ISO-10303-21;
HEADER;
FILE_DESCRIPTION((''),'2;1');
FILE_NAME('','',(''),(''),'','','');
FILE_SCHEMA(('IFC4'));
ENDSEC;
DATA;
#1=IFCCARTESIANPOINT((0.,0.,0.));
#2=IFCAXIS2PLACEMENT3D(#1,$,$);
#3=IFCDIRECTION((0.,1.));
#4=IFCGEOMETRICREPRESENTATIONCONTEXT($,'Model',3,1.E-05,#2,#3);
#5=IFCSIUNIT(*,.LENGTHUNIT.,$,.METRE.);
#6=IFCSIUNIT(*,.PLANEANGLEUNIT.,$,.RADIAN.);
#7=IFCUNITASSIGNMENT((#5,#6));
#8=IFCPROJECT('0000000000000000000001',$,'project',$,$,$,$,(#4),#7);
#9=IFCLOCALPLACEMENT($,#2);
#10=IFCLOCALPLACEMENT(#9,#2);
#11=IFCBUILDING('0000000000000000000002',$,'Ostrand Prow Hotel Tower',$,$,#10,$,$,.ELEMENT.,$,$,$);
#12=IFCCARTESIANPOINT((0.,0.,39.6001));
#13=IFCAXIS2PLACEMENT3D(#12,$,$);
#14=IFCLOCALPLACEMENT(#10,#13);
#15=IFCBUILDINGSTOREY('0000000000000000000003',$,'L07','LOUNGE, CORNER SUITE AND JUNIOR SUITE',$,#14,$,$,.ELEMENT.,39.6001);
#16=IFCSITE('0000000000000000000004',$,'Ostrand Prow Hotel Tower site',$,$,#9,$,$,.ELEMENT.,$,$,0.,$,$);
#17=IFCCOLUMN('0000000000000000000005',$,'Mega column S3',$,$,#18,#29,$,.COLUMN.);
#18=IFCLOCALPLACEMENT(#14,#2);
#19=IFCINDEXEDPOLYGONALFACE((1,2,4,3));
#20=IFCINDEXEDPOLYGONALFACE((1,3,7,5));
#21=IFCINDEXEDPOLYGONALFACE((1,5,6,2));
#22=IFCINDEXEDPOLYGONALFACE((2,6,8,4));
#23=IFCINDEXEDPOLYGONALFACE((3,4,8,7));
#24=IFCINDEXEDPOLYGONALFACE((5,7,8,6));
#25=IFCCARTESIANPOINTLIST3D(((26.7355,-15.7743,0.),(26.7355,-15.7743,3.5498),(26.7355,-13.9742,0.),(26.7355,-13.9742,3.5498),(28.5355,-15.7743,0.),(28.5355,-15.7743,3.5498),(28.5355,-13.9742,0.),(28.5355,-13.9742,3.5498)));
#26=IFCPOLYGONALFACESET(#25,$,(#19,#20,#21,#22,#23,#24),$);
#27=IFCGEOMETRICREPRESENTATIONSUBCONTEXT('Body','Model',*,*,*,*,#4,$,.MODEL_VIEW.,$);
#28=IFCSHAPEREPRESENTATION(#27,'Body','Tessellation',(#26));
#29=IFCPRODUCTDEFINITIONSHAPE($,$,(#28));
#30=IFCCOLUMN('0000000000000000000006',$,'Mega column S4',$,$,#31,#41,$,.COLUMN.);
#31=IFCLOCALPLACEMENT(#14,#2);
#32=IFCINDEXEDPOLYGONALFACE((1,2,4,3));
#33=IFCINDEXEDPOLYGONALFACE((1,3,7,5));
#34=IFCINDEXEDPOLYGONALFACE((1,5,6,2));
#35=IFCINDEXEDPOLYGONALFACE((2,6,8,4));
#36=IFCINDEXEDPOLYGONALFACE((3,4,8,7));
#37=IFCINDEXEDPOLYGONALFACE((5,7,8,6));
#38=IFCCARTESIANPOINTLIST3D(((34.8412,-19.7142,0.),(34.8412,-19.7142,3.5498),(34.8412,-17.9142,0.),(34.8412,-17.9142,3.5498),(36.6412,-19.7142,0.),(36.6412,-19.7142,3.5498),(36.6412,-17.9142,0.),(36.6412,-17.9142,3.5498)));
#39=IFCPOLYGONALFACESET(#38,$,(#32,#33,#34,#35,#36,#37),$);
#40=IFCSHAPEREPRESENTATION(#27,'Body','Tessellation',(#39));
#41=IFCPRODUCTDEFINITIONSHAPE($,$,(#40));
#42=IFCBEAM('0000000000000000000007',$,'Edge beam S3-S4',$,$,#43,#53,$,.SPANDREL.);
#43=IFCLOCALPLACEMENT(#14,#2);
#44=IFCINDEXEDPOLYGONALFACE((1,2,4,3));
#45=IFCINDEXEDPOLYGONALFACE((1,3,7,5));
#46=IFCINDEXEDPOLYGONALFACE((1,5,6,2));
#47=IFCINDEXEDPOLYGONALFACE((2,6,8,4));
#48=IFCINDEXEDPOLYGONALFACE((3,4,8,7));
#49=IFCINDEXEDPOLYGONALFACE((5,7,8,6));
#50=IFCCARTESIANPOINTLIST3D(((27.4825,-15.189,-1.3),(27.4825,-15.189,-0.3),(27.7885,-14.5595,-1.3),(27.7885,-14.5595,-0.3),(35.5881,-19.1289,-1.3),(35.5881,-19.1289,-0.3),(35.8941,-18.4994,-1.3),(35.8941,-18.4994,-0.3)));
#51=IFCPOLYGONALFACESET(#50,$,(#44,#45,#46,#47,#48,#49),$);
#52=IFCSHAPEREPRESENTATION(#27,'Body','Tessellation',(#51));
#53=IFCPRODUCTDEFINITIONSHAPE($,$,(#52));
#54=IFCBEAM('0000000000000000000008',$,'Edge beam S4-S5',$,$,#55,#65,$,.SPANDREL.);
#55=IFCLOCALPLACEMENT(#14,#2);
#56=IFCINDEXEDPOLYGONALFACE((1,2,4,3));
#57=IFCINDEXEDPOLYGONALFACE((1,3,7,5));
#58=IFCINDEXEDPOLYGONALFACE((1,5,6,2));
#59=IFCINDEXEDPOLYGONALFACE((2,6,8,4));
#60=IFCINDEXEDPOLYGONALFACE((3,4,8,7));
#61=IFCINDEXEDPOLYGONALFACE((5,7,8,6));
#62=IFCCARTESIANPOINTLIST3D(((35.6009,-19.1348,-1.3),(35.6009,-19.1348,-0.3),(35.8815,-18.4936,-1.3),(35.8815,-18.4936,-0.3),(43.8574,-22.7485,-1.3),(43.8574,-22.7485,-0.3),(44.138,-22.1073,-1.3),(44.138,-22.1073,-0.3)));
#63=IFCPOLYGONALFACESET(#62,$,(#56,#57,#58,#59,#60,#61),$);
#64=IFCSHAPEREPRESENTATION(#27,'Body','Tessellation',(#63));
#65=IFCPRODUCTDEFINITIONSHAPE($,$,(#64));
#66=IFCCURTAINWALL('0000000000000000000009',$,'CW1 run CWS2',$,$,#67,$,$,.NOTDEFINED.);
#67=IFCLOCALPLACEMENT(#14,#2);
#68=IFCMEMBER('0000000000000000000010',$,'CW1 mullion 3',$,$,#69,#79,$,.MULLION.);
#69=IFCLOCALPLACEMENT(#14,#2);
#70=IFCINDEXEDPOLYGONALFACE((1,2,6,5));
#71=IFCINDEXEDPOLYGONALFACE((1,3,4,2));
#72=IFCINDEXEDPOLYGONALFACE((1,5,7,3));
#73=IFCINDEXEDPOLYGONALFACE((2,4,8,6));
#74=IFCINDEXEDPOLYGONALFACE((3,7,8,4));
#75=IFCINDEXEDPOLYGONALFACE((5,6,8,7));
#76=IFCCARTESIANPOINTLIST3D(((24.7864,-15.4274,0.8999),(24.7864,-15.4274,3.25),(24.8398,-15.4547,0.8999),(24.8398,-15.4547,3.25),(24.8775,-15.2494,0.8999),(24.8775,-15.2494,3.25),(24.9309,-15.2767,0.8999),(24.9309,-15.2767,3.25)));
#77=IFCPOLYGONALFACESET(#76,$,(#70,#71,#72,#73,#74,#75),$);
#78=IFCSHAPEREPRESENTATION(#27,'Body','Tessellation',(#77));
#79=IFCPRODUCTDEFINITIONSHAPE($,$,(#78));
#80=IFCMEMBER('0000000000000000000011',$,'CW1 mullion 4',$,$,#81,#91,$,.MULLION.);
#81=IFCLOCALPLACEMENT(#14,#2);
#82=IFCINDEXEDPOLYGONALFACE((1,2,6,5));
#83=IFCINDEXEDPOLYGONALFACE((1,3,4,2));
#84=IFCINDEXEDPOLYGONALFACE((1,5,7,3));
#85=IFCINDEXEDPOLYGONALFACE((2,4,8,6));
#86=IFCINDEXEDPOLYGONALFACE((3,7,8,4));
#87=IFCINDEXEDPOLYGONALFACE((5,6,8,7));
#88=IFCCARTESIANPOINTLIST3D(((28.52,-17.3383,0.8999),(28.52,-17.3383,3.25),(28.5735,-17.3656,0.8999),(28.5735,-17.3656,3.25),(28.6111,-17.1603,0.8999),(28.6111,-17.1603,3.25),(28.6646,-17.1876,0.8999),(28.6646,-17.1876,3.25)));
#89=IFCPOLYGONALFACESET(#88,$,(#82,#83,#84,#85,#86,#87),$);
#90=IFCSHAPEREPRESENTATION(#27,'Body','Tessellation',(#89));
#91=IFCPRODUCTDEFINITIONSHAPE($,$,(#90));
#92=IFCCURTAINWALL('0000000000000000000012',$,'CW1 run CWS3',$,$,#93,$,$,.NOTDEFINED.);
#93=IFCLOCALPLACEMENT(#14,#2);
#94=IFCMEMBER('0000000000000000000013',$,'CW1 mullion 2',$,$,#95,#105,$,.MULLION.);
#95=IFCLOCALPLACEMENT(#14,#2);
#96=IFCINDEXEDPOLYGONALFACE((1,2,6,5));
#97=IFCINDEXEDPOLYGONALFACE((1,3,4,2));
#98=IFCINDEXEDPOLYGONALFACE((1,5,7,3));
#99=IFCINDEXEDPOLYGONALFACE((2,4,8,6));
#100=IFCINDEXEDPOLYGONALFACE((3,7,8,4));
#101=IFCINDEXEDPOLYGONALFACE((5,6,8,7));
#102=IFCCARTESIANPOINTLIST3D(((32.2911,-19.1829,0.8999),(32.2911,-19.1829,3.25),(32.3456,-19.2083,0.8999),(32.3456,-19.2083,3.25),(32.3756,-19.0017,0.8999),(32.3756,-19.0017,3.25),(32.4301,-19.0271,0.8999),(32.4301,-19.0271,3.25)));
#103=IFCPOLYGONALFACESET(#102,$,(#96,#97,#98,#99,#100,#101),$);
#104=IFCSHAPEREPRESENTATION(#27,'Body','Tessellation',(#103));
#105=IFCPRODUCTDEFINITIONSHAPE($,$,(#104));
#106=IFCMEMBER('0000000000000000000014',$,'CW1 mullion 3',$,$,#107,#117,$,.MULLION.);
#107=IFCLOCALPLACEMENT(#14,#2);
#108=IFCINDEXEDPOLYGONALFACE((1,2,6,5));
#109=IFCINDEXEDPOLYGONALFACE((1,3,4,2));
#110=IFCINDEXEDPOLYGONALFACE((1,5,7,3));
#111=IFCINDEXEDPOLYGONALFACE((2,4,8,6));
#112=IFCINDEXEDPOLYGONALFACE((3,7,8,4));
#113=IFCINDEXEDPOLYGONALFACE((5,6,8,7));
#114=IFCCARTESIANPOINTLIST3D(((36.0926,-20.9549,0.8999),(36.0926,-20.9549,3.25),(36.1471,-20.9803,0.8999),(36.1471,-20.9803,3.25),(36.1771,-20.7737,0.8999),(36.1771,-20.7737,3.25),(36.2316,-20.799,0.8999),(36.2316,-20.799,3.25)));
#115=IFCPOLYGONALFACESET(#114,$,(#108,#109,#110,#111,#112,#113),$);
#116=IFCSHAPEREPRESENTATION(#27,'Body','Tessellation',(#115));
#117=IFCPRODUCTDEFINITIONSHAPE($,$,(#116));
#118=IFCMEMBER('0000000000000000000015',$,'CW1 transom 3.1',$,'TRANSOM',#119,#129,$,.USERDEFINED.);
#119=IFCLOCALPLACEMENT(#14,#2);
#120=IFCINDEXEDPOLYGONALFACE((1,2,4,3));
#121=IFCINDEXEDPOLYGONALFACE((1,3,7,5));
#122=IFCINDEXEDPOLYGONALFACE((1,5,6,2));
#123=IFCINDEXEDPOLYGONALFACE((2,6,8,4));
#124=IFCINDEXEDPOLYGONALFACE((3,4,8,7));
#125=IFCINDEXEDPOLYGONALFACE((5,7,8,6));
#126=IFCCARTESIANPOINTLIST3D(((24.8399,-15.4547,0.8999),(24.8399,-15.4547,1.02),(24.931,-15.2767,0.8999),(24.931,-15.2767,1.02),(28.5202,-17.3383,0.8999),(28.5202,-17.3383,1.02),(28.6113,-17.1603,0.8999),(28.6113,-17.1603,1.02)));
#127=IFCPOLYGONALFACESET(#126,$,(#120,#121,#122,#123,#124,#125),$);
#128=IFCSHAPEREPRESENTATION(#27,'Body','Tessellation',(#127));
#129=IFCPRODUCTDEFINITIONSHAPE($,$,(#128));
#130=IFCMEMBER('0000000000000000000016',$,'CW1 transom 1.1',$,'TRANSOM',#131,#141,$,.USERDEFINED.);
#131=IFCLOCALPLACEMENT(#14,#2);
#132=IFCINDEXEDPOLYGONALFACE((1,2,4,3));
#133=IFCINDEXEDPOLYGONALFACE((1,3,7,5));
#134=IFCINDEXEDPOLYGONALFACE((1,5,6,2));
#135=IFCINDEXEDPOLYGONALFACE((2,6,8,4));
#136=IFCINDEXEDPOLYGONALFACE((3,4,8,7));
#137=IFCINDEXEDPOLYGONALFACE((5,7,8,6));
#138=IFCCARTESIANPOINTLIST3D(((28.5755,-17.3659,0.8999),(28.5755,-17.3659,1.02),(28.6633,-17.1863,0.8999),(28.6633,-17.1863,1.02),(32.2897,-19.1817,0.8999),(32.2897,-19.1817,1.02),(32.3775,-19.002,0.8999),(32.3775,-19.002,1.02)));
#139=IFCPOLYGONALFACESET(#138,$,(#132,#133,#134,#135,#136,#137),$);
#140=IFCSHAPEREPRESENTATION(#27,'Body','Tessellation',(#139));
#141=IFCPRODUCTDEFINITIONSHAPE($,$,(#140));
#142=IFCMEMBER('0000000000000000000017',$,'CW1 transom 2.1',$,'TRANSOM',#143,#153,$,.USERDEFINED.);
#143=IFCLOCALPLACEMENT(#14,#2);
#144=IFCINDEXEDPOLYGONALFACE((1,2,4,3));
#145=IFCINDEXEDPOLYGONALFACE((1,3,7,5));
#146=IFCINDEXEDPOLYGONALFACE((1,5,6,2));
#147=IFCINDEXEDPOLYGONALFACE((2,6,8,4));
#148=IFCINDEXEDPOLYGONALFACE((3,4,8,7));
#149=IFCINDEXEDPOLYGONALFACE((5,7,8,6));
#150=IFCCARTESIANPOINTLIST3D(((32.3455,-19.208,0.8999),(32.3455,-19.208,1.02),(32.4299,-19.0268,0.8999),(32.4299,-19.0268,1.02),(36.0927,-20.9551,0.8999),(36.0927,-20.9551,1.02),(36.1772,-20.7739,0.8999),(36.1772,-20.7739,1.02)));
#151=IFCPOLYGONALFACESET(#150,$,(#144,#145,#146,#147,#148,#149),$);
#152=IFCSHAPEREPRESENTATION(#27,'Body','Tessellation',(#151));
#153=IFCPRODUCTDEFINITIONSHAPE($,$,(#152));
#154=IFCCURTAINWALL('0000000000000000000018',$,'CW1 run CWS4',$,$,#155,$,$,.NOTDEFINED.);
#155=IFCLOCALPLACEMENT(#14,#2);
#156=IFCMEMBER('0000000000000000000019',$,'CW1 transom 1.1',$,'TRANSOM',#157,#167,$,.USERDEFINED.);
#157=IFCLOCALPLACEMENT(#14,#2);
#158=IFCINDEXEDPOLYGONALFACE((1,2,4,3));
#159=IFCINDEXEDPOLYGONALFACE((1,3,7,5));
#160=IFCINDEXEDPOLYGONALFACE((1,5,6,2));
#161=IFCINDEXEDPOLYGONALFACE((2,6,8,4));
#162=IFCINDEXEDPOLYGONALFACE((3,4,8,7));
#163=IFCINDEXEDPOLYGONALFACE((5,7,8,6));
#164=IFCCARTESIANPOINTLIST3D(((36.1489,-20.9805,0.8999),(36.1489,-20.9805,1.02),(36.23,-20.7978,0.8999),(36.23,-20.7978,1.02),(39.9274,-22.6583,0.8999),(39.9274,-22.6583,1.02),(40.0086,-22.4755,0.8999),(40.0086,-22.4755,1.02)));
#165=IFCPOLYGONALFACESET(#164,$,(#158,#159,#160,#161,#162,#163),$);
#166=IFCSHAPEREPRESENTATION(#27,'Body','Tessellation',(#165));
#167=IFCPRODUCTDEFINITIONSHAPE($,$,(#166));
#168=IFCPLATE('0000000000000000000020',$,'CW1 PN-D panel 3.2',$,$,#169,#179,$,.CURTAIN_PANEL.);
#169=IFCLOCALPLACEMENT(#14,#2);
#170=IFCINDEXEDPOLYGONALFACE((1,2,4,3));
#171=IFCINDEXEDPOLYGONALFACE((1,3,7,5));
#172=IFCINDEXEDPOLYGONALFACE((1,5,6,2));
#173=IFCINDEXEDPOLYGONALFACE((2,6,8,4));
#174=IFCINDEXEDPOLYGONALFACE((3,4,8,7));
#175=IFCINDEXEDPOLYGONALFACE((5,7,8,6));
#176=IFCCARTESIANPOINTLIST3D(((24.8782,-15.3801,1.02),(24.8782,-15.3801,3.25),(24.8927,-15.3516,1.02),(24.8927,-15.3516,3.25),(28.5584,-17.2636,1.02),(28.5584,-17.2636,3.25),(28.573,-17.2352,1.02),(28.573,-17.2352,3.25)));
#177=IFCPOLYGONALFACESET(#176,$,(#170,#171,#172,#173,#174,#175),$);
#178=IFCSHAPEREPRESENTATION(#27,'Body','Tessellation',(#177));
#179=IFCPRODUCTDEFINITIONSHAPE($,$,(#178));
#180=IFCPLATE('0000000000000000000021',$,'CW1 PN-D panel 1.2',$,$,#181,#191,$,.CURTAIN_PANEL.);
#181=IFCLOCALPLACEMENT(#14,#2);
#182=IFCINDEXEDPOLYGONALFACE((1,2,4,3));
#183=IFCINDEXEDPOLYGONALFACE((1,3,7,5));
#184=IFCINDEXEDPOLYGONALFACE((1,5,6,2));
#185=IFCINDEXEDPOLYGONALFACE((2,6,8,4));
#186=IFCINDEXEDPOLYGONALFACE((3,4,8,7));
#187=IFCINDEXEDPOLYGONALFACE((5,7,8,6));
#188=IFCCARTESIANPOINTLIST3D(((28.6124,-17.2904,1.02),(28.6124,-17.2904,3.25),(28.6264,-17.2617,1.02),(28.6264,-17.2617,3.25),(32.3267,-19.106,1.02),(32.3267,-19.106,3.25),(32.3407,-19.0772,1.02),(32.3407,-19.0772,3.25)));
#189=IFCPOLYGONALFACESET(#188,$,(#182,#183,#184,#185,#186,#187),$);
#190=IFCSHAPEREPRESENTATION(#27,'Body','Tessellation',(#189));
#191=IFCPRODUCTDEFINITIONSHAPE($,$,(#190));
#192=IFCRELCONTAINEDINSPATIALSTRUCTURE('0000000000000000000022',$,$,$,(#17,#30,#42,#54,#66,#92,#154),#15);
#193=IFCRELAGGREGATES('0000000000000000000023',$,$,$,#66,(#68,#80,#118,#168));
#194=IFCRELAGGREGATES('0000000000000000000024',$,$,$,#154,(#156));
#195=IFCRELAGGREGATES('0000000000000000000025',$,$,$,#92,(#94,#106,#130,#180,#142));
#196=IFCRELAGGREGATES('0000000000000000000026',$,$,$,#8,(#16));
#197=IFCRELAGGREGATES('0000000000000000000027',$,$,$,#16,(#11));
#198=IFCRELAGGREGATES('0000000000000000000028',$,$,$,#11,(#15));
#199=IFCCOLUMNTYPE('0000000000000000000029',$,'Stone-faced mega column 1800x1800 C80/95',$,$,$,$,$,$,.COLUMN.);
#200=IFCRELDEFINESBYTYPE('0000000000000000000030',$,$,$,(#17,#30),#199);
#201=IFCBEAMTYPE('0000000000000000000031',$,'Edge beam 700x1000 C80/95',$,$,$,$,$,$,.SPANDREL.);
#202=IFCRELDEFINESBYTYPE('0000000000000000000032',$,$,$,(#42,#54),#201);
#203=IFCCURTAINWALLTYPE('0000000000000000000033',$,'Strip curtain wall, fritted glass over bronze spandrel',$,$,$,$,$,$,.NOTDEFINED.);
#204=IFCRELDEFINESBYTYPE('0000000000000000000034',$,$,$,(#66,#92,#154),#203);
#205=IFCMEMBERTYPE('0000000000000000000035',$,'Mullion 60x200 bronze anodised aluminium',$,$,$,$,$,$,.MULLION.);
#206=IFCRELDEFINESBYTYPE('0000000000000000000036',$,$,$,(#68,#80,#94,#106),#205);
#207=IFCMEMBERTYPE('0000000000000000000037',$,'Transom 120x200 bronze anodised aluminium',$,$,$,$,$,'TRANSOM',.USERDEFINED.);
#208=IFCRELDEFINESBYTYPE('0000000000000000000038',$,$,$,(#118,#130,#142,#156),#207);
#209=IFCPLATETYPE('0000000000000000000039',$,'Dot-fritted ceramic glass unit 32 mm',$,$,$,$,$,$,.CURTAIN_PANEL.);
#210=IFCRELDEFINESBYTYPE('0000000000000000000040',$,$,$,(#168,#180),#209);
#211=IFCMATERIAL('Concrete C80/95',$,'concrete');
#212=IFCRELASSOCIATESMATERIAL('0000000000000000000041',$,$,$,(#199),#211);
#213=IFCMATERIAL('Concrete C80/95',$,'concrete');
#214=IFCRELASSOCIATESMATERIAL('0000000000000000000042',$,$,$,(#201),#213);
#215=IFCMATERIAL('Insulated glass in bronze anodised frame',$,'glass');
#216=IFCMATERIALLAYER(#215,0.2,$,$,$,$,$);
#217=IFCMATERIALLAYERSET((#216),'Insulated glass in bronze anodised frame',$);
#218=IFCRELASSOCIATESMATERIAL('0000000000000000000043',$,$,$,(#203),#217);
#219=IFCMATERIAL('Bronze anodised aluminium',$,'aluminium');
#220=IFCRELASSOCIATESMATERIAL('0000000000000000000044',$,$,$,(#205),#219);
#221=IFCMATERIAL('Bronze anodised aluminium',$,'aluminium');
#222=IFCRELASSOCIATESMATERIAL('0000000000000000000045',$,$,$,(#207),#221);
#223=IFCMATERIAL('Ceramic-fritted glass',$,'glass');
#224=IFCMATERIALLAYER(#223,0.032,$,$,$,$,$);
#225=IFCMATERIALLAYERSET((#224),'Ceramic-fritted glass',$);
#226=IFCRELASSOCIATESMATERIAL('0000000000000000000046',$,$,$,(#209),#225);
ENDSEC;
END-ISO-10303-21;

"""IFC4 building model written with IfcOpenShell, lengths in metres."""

from ifc_helpers import new_model, si_unit, direction, frame, origin, origin_2d, place, context, subcontext, project, spatial, rectangle, extrude, material, layer, layer_set, material_profile, profile_set, type_object, element, aggregate, save


model = new_model("IFC4")

# Units and contexts
model_context = context("Model", 3, precision=1e-05, world=origin(), true_north=direction((0.0, 1.0)))
body_context = subcontext(model_context, "Body", "Model", "MODEL_VIEW")
ifc_project = project(units=[si_unit("LENGTHUNIT", "METRE"), si_unit("PLANEANGLEUNIT", "RADIAN")], contexts=[model_context])

# Site, building, storey
site_placement = place(None, origin())
site = spatial("IfcSite", under=ifc_project, at=site_placement, Name="Ostrand Prow Hotel Tower site", CompositionType="ELEMENT", RefElevation=0.0)
building_placement = place(site_placement, origin())
building = spatial("IfcBuilding", under=site, at=building_placement, Name="Ostrand Prow Hotel Tower", CompositionType="ELEMENT")
storey_placement = place(building_placement, frame((0.0, 0.0, 39.6001)))
storey = spatial("IfcBuildingStorey", under=building, at=storey_placement, Name="L07", Description="LOUNGE, CORNER SUITE AND JUNIOR SUITE", CompositionType="ELEMENT", Elevation=39.6001)

# Columns
ifc_material_1 = material(Name="Concrete C80/95", Category="concrete")
ifc_material_profile_1 = material_profile(ifc_material_1, rectangle(XDim=1.8, YDim=1.8, at=origin_2d()), Name="RC 1800x1800")
ifc_profile_set_1 = profile_set([ifc_material_profile_1], Name="Concrete C80/95")
column_type = type_object("IfcColumnType", Name="Stone-faced mega column 1800x1800 C80/95", PredefinedType="COLUMN", material=ifc_profile_set_1)
for number, where, z_axis, x_axis, name in (
    (1, (27.6355, -14.8743, 0.0), (0.0, 0.0, 1.0), (1.0, 0.0, 0.0), "Mega column S3"),
    (2, (35.7412, -18.8142, 0.0), (0.0, 0.0, 1.0), (1.0, 0.0, 0.0), "Mega column S4"),
):
    element("IfcColumn", number, at=place(storey_placement, frame(where, z_axis=z_axis, x_axis=x_axis)), inside=storey, type_object=column_type, Name=name, PredefinedType="COLUMN", context=body_context, shape_type="SweptSolid", body=[
        extrude(rectangle(XDim=1.8, YDim=1.8, at=origin_2d()), origin(), (0.0, 0.0, 1.0), 3.5498),
    ])

# Beams
ifc_material_2 = material(Name="Concrete C80/95", Category="concrete")
ifc_material_profile_2 = material_profile(ifc_material_2, rectangle(XDim=0.7, YDim=1.0, at=origin_2d()), Name="RC 700x1000")
ifc_profile_set_2 = profile_set([ifc_material_profile_2], Name="Concrete C80/95")
beam_type = type_object("IfcBeamType", Name="Edge beam 700x1000 C80/95", PredefinedType="SPANDREL", material=ifc_profile_set_2)
beam_1_placement = place(storey_placement, frame((27.6355, -14.8743, -0.8), z_axis=(0.899382, -0.437163, 0.0), x_axis=(0.437163, 0.899382, 0.0)))
element("IfcBeam", 3, at=beam_1_placement, inside=storey, type_object=beam_type, Name="Edge beam S3-S4", PredefinedType="SPANDREL", context=body_context, shape_type="SweptSolid", body=[
    extrude(rectangle(XDim=0.7, YDim=1.0, at=origin_2d()), origin(), (0.0, 0.0, 1.0), 9.0125),
])
beam_2_placement = place(storey_placement, frame((35.7412, -18.8142, -0.8), z_axis=(0.916096, -0.40096, 0.0), x_axis=(0.40096, 0.916096, 0.0)))
element("IfcBeam", 4, at=beam_2_placement, inside=storey, type_object=beam_type, Name="Edge beam S4-S5", PredefinedType="SPANDREL", context=body_context, shape_type="SweptSolid", body=[
    extrude(rectangle(XDim=0.7, YDim=1.0, at=origin_2d()), origin(), (0.0, 0.0, 1.0), 9.0127),
])

# Curtain walls, members
ifc_material_3 = material(Name="Insulated glass in bronze anodised frame", Category="glass")
ifc_layer_1 = layer(ifc_material_3, 0.2)
ifc_layer_set_1 = layer_set([ifc_layer_1], Name="Insulated glass in bronze anodised frame")
curtain_wall_type = type_object("IfcCurtainWallType", Name="Strip curtain wall, fritted glass over bronze spandrel", PredefinedType="NOTDEFINED", material=ifc_layer_set_1)
curtain_wall_1_placement = place(storey_placement, origin())
curtain_wall_1 = element("IfcCurtainWall", 5, at=curtain_wall_1_placement, inside=storey, type_object=curtain_wall_type, Name="CW1 run CWS2", PredefinedType="NOTDEFINED")
ifc_material_4 = material(Name="Bronze anodised aluminium", Category="aluminium")
ifc_material_profile_3 = material_profile(ifc_material_4, rectangle(XDim=0.2, YDim=0.0601, at=origin_2d()), Name="Mullion 60x200 bronze anodised aluminium")
ifc_profile_set_3 = profile_set([ifc_material_profile_3], Name="Bronze anodised aluminium")
member_type_1 = type_object("IfcMemberType", Name="Mullion 60x200 bronze anodised aluminium", PredefinedType="MULLION", material=ifc_profile_set_3)
member_1_placement = place(storey_placement, frame((24.8586, -15.3521, 0.8999), z_axis=(0.0, 0.0, 1.0), x_axis=(0.455596, 0.890187, 0.0)))
member_1 = element("IfcMember", 6, at=member_1_placement, type_object=member_type_1, Name="CW1 mullion 3", PredefinedType="MULLION", context=body_context, shape_type="SweptSolid", body=[
    extrude(rectangle(XDim=0.2, YDim=0.0601, at=origin_2d()), origin(), (0.0, 0.0, 1.0), 2.3501),
])
member_2_placement = place(storey_placement, frame((28.5923, -17.2629, 0.8999), z_axis=(0.0, 0.0, 1.0), x_axis=(0.455596, 0.890187, 0.0)))
member_2 = element("IfcMember", 7, at=member_2_placement, type_object=member_type_1, Name="CW1 mullion 4", PredefinedType="MULLION", context=body_context, shape_type="SweptSolid", body=[
    extrude(rectangle(XDim=0.2, YDim=0.0601, at=origin_2d()), origin(), (0.0, 0.0, 1.0), 2.3501),
])
curtain_wall_2_placement = place(storey_placement, origin())
curtain_wall_2 = element("IfcCurtainWall", 8, at=curtain_wall_2_placement, inside=storey, type_object=curtain_wall_type, Name="CW1 run CWS3", PredefinedType="NOTDEFINED")
member_3_placement = place(storey_placement, frame((32.3606, -19.105, 0.8999), z_axis=(0.0, 0.0, 1.0), x_axis=(0.42253, 0.906349, 0.0)))
member_3 = element("IfcMember", 9, at=member_3_placement, type_object=member_type_1, Name="CW1 mullion 2", PredefinedType="MULLION", context=body_context, shape_type="SweptSolid", body=[
    extrude(rectangle(XDim=0.2, YDim=0.0601, at=origin_2d()), origin(), (0.0, 0.0, 1.0), 2.3501),
])
member_4_placement = place(storey_placement, frame((36.1621, -20.877, 0.8999), z_axis=(0.0, 0.0, 1.0), x_axis=(0.42253, 0.906349, 0.0)))
member_4 = element("IfcMember", 10, at=member_4_placement, type_object=member_type_1, Name="CW1 mullion 3", PredefinedType="MULLION", context=body_context, shape_type="SweptSolid", body=[
    extrude(rectangle(XDim=0.2, YDim=0.0601, at=origin_2d()), origin(), (0.0, 0.0, 1.0), 2.3501),
])

# Members
ifc_material_5 = material(Name="Bronze anodised aluminium", Category="aluminium")
ifc_material_profile_4 = material_profile(ifc_material_5, rectangle(XDim=0.2, YDim=0.1201, at=origin_2d()), Name="Transom 120x200 bronze anodised aluminium")
ifc_profile_set_4 = profile_set([ifc_material_profile_4], Name="Bronze anodised aluminium")
member_type_2 = type_object("IfcMemberType", Name="Transom 120x200 bronze anodised aluminium", ElementType="TRANSOM", PredefinedType="USERDEFINED", material=ifc_profile_set_4)
member_5_placement = place(storey_placement, frame((24.8855, -15.3657, 0.96), z_axis=(0.890183, -0.455603, 0.0), x_axis=(0.455603, 0.890183, 0.0)))
member_5 = element("IfcMember", 11, at=member_5_placement, type_object=member_type_2, Name="CW1 transom 3.1", ObjectType="TRANSOM", PredefinedType="USERDEFINED", context=body_context, shape_type="SweptSolid", body=[
    extrude(rectangle(XDim=0.2, YDim=0.1201, at=origin_2d()), origin(), (0.0, 0.0, 1.0), 4.1343),
])
member_6_placement = place(storey_placement, frame((28.6194, -17.2761, 0.96), z_axis=(0.898395, -0.439188, 0.0), x_axis=(0.439188, 0.898395, 0.0)))
member_6 = element("IfcMember", 12, at=member_6_placement, type_object=member_type_2, Name="CW1 transom 1.1", ObjectType="TRANSOM", PredefinedType="USERDEFINED", context=body_context, shape_type="SweptSolid", body=[
    extrude(rectangle(XDim=0.2, YDim=0.1201, at=origin_2d()), origin(), (0.0, 0.0, 1.0), 4.1343),
])
member_7_placement = place(storey_placement, frame((32.3877, -19.1174, 0.96), z_axis=(0.906338, -0.422552, 0.0), x_axis=(0.422552, 0.906338, 0.0)))
member_7 = element("IfcMember", 13, at=member_7_placement, type_object=member_type_2, Name="CW1 transom 2.1", ObjectType="TRANSOM", PredefinedType="USERDEFINED", context=body_context, shape_type="SweptSolid", body=[
    extrude(rectangle(XDim=0.2, YDim=0.1201, at=origin_2d()), origin(), (0.0, 0.0, 1.0), 4.1345),
])

# Curtain wall, member
curtain_wall_3_placement = place(storey_placement, origin())
curtain_wall_3 = element("IfcCurtainWall", 14, at=curtain_wall_3_placement, inside=storey, type_object=curtain_wall_type, Name="CW1 run CWS4", PredefinedType="NOTDEFINED")
member_8_placement = place(storey_placement, frame((36.1895, -20.8892, 0.96), z_axis=(0.913958, -0.40581, 0.0), x_axis=(0.40581, 0.913958, 0.0)))
member_8 = element("IfcMember", 15, at=member_8_placement, type_object=member_type_2, Name="CW1 transom 1.1", ObjectType="TRANSOM", PredefinedType="USERDEFINED", context=body_context, shape_type="SweptSolid", body=[
    extrude(rectangle(XDim=0.2, YDim=0.1201, at=origin_2d()), origin(), (0.0, 0.0, 1.0), 4.1343),
])

# Plates
ifc_material_6 = material(Name="Ceramic-fritted glass", Category="glass")
ifc_layer_2 = layer(ifc_material_6, 0.032)
ifc_layer_set_2 = layer_set([ifc_layer_2], Name="Ceramic-fritted glass")
plate_type_1 = type_object("IfcPlateType", Name="Dot-fritted ceramic glass unit 32 mm", PredefinedType="CURTAIN_PANEL", material=ifc_layer_set_2)
plate_1_placement = place(storey_placement, frame((26.7256, -16.3076, 1.02), z_axis=(0.0, 0.0, 1.0), x_axis=(0.890187, -0.455596, 0.0)))
plate_1 = element("IfcPlate", 16, at=plate_1_placement, type_object=plate_type_1, Name="CW1 PN-D panel 3.2", PredefinedType="CURTAIN_PANEL", context=body_context, shape_type="SweptSolid", body=[
    extrude(rectangle(XDim=4.1343, YDim=0.032, at=origin_2d()), origin(), (0.0, 0.0, 1.0), 2.23),
])
aggregate(curtain_wall_1, [member_1, member_2, member_5, plate_1])
plate_2_placement = place(storey_placement, frame((30.4766, -18.1838, 1.02), z_axis=(0.0, 0.0, 1.0), x_axis=(0.89842, -0.439138, 0.0)))
plate_2 = element("IfcPlate", 17, at=plate_2_placement, type_object=plate_type_1, Name="CW1 PN-D panel 1.2", PredefinedType="CURTAIN_PANEL", context=body_context, shape_type="SweptSolid", body=[
    extrude(rectangle(XDim=4.1343, YDim=0.032, at=origin_2d()), origin(), (0.0, 0.0, 1.0), 2.23),
])
aggregate(curtain_wall_3, [member_8])
aggregate(curtain_wall_2, [member_3, member_4, member_6, plate_2, member_7])

save(model, "model.ifc")
